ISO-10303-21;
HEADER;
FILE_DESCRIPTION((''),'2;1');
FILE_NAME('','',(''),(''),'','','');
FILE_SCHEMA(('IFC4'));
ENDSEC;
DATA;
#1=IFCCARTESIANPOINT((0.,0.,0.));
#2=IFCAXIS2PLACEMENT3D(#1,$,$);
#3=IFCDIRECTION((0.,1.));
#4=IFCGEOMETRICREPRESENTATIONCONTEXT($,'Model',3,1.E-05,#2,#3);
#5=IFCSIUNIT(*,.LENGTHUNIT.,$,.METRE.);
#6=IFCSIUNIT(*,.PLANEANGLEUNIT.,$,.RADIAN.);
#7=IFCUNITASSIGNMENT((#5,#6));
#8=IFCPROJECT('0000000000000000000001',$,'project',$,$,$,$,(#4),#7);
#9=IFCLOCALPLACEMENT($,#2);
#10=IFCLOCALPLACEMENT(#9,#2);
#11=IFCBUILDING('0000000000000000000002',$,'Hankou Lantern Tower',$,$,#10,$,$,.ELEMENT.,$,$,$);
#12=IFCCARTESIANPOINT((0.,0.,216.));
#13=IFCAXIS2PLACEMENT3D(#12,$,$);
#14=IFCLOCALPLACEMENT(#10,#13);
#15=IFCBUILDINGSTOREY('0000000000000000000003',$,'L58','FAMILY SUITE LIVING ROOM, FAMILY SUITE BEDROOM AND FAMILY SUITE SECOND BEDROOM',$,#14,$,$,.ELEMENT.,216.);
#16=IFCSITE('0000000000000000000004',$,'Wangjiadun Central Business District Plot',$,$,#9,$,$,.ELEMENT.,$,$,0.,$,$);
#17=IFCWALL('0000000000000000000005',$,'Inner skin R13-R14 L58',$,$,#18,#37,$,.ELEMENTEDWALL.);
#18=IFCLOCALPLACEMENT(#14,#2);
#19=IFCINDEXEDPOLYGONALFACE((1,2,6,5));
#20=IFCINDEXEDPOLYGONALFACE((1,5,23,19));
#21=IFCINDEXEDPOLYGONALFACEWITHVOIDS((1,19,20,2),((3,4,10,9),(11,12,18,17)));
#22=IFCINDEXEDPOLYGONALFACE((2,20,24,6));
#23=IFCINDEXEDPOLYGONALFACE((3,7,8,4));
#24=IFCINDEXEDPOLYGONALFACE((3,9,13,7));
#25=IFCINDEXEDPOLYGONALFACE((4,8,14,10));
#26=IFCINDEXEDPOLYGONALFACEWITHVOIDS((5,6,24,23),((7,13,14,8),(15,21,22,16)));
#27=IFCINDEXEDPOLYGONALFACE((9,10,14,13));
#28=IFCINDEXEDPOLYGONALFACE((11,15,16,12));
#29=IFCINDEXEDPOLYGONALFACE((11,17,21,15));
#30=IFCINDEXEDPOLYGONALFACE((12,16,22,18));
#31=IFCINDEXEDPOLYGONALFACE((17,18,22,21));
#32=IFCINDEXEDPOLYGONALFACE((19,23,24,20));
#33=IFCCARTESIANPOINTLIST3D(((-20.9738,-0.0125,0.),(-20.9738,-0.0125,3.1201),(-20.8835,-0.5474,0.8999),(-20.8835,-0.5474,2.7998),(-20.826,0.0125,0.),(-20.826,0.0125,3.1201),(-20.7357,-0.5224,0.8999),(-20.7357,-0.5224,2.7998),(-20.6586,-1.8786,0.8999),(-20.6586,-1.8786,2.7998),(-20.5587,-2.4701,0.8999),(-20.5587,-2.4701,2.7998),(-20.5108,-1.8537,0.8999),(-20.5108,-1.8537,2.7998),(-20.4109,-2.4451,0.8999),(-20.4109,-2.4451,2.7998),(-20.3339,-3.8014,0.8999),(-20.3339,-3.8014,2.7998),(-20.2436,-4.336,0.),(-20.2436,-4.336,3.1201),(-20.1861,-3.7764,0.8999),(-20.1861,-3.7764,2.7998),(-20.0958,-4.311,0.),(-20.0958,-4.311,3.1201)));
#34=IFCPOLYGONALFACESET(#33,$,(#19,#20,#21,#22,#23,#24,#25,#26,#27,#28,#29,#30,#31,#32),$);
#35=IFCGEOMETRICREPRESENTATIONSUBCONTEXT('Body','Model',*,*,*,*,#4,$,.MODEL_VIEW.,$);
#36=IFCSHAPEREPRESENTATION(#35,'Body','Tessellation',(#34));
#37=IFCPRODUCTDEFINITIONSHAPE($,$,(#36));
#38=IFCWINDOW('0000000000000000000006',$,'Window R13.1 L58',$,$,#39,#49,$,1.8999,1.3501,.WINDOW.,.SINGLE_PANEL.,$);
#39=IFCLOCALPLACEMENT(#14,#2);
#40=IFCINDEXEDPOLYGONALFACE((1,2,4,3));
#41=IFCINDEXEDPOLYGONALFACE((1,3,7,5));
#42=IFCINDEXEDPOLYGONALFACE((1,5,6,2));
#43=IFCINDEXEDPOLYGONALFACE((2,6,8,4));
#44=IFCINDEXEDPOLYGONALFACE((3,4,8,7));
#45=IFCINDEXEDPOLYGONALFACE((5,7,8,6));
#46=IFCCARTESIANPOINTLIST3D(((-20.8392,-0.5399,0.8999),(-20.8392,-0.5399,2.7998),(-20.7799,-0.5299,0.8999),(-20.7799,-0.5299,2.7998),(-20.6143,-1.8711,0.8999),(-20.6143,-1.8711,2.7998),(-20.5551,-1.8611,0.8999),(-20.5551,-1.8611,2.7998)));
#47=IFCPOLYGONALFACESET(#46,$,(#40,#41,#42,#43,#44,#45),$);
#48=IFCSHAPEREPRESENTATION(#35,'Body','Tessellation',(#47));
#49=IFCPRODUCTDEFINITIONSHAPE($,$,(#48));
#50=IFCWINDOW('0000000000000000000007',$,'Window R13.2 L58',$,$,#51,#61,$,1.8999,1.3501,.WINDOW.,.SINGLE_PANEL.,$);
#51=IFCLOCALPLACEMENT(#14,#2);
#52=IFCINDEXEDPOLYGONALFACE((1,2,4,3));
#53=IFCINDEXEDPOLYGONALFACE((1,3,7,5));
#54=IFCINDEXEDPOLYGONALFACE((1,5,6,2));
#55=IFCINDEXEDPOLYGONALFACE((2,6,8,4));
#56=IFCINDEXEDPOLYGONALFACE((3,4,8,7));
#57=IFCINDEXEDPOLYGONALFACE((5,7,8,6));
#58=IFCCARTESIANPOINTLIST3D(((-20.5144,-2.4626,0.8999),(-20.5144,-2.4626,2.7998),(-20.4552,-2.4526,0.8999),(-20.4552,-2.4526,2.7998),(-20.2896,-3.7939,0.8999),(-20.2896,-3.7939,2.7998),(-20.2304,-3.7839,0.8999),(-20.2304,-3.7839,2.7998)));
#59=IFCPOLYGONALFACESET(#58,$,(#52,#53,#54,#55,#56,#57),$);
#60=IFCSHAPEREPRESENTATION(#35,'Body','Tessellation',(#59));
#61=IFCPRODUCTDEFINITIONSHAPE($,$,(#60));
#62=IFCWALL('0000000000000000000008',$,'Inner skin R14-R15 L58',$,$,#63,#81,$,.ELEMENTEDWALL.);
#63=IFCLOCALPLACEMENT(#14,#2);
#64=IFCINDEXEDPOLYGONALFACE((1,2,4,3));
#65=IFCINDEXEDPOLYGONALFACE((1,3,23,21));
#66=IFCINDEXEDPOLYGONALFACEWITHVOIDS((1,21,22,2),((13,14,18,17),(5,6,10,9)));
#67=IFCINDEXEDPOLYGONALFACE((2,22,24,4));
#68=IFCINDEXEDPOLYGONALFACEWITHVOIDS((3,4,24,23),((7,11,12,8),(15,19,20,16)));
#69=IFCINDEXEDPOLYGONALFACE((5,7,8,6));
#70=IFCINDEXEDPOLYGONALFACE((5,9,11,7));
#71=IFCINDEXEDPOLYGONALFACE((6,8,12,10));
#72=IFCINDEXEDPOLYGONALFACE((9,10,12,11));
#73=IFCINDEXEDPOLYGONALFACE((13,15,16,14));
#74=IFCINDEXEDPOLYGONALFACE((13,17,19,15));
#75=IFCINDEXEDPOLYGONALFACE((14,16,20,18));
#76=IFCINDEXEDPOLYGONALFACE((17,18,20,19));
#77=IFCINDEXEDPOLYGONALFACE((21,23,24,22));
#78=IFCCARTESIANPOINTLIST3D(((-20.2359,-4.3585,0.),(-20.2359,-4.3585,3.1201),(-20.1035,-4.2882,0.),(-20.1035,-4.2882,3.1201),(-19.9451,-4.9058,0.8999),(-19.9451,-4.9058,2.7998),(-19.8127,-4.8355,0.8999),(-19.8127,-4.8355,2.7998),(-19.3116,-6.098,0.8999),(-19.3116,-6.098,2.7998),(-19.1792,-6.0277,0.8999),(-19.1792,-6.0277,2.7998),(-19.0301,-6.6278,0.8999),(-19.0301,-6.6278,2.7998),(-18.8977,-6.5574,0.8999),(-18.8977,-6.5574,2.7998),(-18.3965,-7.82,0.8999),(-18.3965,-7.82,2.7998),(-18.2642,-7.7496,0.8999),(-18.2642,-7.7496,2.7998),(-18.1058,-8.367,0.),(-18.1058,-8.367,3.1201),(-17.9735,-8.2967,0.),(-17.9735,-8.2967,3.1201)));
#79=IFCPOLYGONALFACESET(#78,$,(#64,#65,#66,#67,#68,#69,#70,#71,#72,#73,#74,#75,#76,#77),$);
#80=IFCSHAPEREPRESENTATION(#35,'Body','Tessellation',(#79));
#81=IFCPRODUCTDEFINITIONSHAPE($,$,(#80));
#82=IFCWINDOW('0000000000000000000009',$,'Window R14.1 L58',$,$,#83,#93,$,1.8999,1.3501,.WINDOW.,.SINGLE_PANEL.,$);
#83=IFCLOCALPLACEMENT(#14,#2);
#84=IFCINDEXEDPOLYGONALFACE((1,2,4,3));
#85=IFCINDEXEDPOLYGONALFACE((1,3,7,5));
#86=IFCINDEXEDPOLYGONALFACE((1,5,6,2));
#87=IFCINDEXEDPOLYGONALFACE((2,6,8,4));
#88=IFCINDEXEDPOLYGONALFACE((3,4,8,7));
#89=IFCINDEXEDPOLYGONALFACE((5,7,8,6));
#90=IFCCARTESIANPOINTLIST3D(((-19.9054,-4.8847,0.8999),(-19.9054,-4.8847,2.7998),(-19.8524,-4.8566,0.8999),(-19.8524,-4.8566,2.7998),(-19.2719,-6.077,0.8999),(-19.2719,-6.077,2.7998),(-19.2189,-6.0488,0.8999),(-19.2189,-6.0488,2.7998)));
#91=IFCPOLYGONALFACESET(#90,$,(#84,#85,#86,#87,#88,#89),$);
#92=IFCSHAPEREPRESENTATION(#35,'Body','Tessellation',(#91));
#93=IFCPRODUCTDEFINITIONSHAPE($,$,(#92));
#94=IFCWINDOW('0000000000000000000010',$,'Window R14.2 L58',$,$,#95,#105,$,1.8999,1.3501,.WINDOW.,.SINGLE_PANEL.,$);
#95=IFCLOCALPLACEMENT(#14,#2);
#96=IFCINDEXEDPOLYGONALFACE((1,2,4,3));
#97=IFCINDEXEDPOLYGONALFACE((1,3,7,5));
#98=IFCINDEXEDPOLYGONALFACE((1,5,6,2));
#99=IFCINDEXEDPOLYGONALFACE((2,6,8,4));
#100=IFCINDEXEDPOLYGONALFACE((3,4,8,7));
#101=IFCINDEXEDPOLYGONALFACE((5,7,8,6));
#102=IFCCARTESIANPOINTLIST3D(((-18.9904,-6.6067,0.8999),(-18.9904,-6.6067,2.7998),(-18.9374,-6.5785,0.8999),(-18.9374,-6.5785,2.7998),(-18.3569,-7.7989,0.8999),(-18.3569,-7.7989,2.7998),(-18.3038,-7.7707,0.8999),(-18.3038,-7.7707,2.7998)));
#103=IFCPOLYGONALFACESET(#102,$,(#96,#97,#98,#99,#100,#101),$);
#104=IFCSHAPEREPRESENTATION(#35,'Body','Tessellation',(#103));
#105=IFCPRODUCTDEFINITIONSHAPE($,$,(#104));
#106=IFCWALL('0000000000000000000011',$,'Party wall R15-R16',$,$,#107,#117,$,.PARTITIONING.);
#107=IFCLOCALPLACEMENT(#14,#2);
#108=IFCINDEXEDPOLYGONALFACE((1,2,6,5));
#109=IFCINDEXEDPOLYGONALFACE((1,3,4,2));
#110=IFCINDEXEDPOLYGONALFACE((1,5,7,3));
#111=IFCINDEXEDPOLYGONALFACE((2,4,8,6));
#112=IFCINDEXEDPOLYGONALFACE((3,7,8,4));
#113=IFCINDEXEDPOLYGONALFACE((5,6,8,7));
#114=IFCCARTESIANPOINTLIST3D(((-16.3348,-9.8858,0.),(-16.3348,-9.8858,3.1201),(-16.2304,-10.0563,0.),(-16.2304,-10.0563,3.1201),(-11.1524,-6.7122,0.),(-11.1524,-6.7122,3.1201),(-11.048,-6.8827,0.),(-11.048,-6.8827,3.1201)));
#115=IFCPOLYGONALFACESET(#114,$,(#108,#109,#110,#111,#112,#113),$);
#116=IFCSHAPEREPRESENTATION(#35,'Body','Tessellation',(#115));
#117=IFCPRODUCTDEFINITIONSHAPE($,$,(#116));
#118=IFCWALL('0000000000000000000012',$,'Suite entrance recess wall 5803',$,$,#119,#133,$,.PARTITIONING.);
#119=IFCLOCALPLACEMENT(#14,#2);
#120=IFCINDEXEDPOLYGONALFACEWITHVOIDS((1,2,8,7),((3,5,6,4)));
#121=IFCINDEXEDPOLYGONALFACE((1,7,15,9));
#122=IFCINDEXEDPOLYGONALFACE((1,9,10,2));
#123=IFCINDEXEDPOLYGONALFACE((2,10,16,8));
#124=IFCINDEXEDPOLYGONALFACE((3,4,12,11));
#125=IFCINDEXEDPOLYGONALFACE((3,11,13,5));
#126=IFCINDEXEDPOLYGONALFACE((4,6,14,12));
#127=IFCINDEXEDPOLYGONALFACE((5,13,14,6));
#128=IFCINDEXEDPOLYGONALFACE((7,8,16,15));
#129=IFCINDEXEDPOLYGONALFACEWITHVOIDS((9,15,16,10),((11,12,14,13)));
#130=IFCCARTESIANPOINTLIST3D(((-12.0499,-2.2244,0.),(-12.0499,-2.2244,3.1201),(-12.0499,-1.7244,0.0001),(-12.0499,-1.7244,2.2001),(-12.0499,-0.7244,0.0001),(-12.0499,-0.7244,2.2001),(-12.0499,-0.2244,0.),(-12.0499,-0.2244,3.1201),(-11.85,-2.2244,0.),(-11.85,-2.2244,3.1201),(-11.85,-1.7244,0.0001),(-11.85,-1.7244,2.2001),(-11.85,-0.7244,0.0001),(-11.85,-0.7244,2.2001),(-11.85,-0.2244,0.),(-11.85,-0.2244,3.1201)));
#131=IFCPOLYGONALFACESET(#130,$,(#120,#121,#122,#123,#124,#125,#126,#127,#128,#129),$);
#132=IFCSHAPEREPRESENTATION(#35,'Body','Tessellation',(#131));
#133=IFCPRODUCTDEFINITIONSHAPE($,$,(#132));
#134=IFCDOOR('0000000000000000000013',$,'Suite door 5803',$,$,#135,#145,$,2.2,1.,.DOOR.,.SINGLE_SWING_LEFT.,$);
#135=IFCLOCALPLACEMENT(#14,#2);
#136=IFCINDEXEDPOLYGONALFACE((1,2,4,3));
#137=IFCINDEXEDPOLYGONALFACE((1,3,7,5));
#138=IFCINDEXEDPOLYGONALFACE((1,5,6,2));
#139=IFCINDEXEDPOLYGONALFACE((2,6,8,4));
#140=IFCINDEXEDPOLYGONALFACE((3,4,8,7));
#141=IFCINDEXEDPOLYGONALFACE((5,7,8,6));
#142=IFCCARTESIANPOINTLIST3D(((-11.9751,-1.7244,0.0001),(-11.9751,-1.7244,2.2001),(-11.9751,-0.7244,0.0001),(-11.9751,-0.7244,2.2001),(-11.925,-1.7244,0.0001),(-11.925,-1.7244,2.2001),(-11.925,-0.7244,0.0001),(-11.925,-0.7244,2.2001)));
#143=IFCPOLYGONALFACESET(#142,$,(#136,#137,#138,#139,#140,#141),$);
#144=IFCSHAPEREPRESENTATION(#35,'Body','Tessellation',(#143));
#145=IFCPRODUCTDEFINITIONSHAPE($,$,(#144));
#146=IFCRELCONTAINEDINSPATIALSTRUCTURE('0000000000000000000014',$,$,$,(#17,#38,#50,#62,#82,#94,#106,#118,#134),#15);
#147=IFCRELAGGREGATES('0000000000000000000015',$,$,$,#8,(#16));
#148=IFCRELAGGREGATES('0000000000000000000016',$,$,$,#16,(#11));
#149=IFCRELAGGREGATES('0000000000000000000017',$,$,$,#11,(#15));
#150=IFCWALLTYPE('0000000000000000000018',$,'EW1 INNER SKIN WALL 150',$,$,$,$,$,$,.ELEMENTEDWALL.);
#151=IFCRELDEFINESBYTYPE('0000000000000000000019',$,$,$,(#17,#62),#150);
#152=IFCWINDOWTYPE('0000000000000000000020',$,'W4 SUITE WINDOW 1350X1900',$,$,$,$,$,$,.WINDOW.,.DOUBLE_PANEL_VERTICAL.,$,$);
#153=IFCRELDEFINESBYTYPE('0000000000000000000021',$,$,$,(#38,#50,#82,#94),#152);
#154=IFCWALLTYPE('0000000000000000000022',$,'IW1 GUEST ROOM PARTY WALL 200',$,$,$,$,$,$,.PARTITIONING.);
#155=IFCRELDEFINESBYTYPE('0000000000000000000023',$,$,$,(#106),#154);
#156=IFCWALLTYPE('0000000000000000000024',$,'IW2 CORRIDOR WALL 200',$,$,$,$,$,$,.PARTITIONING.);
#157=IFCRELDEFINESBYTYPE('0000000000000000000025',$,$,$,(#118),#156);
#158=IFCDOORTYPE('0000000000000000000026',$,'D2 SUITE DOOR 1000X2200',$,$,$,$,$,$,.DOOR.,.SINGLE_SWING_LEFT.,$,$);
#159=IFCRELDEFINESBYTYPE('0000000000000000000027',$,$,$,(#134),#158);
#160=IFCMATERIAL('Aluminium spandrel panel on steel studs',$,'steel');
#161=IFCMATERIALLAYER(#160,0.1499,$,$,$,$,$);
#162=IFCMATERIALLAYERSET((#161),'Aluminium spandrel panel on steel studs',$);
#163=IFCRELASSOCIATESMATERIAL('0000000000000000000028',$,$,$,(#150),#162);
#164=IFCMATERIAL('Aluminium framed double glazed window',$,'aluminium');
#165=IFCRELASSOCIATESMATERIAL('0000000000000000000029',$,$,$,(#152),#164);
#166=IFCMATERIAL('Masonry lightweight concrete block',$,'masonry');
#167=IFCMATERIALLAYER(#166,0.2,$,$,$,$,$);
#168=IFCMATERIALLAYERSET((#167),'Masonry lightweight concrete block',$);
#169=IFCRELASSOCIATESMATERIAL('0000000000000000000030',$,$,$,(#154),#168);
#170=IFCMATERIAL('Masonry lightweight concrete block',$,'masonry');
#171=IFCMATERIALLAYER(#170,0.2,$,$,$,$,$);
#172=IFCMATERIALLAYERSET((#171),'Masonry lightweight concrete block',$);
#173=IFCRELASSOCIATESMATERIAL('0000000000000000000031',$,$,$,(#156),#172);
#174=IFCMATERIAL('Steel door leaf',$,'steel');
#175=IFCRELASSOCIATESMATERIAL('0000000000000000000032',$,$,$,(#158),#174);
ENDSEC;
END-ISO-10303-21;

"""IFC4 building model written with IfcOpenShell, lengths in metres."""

from ifc_helpers import new_model, si_unit, direction, frame, frame_2d, origin, place, context, subcontext, project, spatial, rectangle, extrude, material, layer, layer_set, type_object, element, fill, save


model = new_model("IFC4")

# Units and contexts
model_context = context("Model", 3, precision=1e-05, world=origin(), true_north=direction((0.0, 1.0)))
body_context = subcontext(model_context, "Body", "Model", "MODEL_VIEW")
ifc_project = project(units=[si_unit("LENGTHUNIT", "METRE"), si_unit("PLANEANGLEUNIT", "RADIAN")], contexts=[model_context])

# Site, building, storey
site_placement = place(None, origin())
site = spatial("IfcSite", under=ifc_project, at=site_placement, Name="Wangjiadun Central Business District Plot", CompositionType="ELEMENT", RefElevation=0.0)
building_placement = place(site_placement, origin())
building = spatial("IfcBuilding", under=site, at=building_placement, Name="Hankou Lantern Tower", CompositionType="ELEMENT")
storey_placement = place(building_placement, frame((0.0, 0.0, 216.0)))
storey = spatial("IfcBuildingStorey", under=building, at=storey_placement, Name="L58", Description="FAMILY SUITE LIVING ROOM, FAMILY SUITE BEDROOM AND FAMILY SUITE SECOND BEDROOM", CompositionType="ELEMENT", Elevation=216.0)

# Walls, openings, windows
ifc_material_1 = material(Name="Aluminium spandrel panel on steel studs", Category="steel")
ifc_layer_1 = layer(ifc_material_1, 0.1499)
ifc_layer_set_1 = layer_set([ifc_layer_1], Name="Aluminium spandrel panel on steel studs")
wall_type_1 = type_object("IfcWallType", Name="EW1 INNER SKIN WALL 150", PredefinedType="ELEMENTEDWALL", material=ifc_layer_set_1)
wall_1_placement = place(storey_placement, frame((-20.8999, 0.0, 0.0), z_axis=(0.0, 0.0, 1.0), x_axis=(0.166539, -0.986035, 0.0)))
wall_1 = element("IfcWall", 1, at=wall_1_placement, inside=storey, type_object=wall_type_1, Name="Inner skin R13-R14 L58", PredefinedType="ELEMENTEDWALL", context=body_context, shape_type="SweptSolid", body=[
    extrude(rectangle(XDim=4.3848, YDim=0.1499, at=frame_2d((2.1924, 0.0))), origin(), (0.0, 0.0, 1.0), 3.1201),
])
opening_1_placement = place(wall_1_placement, frame((0.5425, 0.0, 0.8999)))
opening_1 = element("IfcOpeningElement", 2, at=opening_1_placement, cuts=wall_1, PredefinedType="OPENING", context=body_context, shape_type="SweptSolid", body=[
    extrude(rectangle(XDim=1.3501, YDim=1.8999, at=frame_2d((0.675, 0.95))), frame((0.0, 0.085, 0.0), z_axis=(0.0, -1.0, 0.0), x_axis=(1.0, 0.0, 0.0)), (0.0, 0.0, 1.0), 0.1699),
])
opening_2_placement = place(wall_1_placement, frame((2.4924, 0.0, 0.8999)))
opening_2 = element("IfcOpeningElement", 3, at=opening_2_placement, cuts=wall_1, PredefinedType="OPENING", context=body_context, shape_type="SweptSolid", body=[
    extrude(rectangle(XDim=1.3501, YDim=1.8999, at=frame_2d((0.675, 0.95))), frame((0.0, 0.085, 0.0), z_axis=(0.0, -1.0, 0.0), x_axis=(1.0, 0.0, 0.0)), (0.0, 0.0, 1.0), 0.1699),
])
ifc_material_2 = material(Name="Aluminium framed double glazed window", Category="aluminium")
window_type = type_object("IfcWindowType", Name="W4 SUITE WINDOW 1350X1900", PartitioningType="DOUBLE_PANEL_VERTICAL", PredefinedType="WINDOW", material=ifc_material_2)
window_1_placement = place(opening_1_placement, origin())
window_1 = element("IfcWindow", 4, at=window_1_placement, inside=storey, type_object=window_type, Name="Window R13.1 L58", OverallHeight=1.8999, OverallWidth=1.3501, PartitioningType="SINGLE_PANEL", PredefinedType="WINDOW", context=body_context, shape_type="SweptSolid", body=[
    extrude(rectangle(XDim=1.3501, YDim=1.8999, at=frame_2d((0.675, 0.95))), frame((0.0, 0.03, 0.0), z_axis=(0.0, -1.0, 0.0), x_axis=(1.0, 0.0, 0.0)), (0.0, 0.0, 1.0), 0.0601),
])
fill(opening_1, window_1)
window_2_placement = place(opening_2_placement, origin())
window_2 = element("IfcWindow", 5, at=window_2_placement, inside=storey, type_object=window_type, Name="Window R13.2 L58", OverallHeight=1.8999, OverallWidth=1.3501, PartitioningType="SINGLE_PANEL", PredefinedType="WINDOW", context=body_context, shape_type="SweptSolid", body=[
    extrude(rectangle(XDim=1.3501, YDim=1.8999, at=frame_2d((0.675, 0.95))), frame((0.0, 0.03, 0.0), z_axis=(0.0, -1.0, 0.0), x_axis=(1.0, 0.0, 0.0)), (0.0, 0.0, 1.0), 0.0601),
])
fill(opening_2, window_2)
wall_2_placement = place(storey_placement, frame((-20.1697, -4.3235, 0.0), z_axis=(0.0, 0.0, 1.0), x_axis=(0.469256, -0.883062, 0.0)))
wall_2 = element("IfcWall", 6, at=wall_2_placement, inside=storey, type_object=wall_type_1, Name="Inner skin R14-R15 L58", PredefinedType="ELEMENTEDWALL", context=body_context, shape_type="SweptSolid", body=[
    extrude(rectangle(XDim=4.5393, YDim=0.1499, at=frame_2d((2.2695, 0.0))), origin(), (0.0, 0.0, 1.0), 3.1201),
])
opening_3_placement = place(wall_2_placement, frame((0.6196, 0.0, 0.8999)))
opening_3 = element("IfcOpeningElement", 7, at=opening_3_placement, cuts=wall_2, PredefinedType="OPENING", context=body_context, shape_type="SweptSolid", body=[
    extrude(rectangle(XDim=1.3501, YDim=1.8999, at=frame_2d((0.675, 0.95))), frame((0.0, 0.085, 0.0), z_axis=(0.0, -1.0, 0.0), x_axis=(1.0, 0.0, 0.0)), (0.0, 0.0, 1.0), 0.1699),
])
opening_4_placement = place(wall_2_placement, frame((2.5696, 0.0, 0.8999)))
opening_4 = element("IfcOpeningElement", 8, at=opening_4_placement, cuts=wall_2, PredefinedType="OPENING", context=body_context, shape_type="SweptSolid", body=[
    extrude(rectangle(XDim=1.3501, YDim=1.8999, at=frame_2d((0.675, 0.95))), frame((0.0, 0.085, 0.0), z_axis=(0.0, -1.0, 0.0), x_axis=(1.0, 0.0, 0.0)), (0.0, 0.0, 1.0), 0.1699),
])
window_3_placement = place(opening_3_placement, origin())
window_3 = element("IfcWindow", 9, at=window_3_placement, inside=storey, type_object=window_type, Name="Window R14.1 L58", OverallHeight=1.8999, OverallWidth=1.3501, PartitioningType="SINGLE_PANEL", PredefinedType="WINDOW", context=body_context, shape_type="SweptSolid", body=[
    extrude(rectangle(XDim=1.3501, YDim=1.8999, at=frame_2d((0.675, 0.95))), frame((0.0, 0.03, 0.0), z_axis=(0.0, -1.0, 0.0), x_axis=(1.0, 0.0, 0.0)), (0.0, 0.0, 1.0), 0.0601),
])
fill(opening_3, window_3)
window_4_placement = place(opening_4_placement, origin())
window_4 = element("IfcWindow", 10, at=window_4_placement, inside=storey, type_object=window_type, Name="Window R14.2 L58", OverallHeight=1.8999, OverallWidth=1.3501, PartitioningType="SINGLE_PANEL", PredefinedType="WINDOW", context=body_context, shape_type="SweptSolid", body=[
    extrude(rectangle(XDim=1.3501, YDim=1.8999, at=frame_2d((0.675, 0.95))), frame((0.0, 0.03, 0.0), z_axis=(0.0, -1.0, 0.0), x_axis=(1.0, 0.0, 0.0)), (0.0, 0.0, 1.0), 0.0601),
])
fill(opening_4, window_4)

# Wall
ifc_material_3 = material(Name="Masonry lightweight concrete block", Category="masonry")
ifc_layer_2 = layer(ifc_material_3, 0.2)
ifc_layer_set_2 = layer_set([ifc_layer_2], Name="Masonry lightweight concrete block")
wall_type_2 = type_object("IfcWallType", Name="IW1 GUEST ROOM PARTY WALL 200", PredefinedType="PARTITIONING", material=ifc_layer_set_2)
wall_3_placement = place(storey_placement, frame((-11.1001, -6.7974, 0.0), z_axis=(0.0, 0.0, 1.0), x_axis=(-0.8528, -0.522238, 0.0)))
element("IfcWall", 11, at=wall_3_placement, inside=storey, type_object=wall_type_2, Name="Party wall R15-R16", PredefinedType="PARTITIONING", context=body_context, shape_type="SweptSolid", body=[
    extrude(rectangle(XDim=6.0769, YDim=0.2, at=frame_2d((3.0386, 0.0))), origin(), (0.0, 0.0, 1.0), 3.1201),
])

# Wall, opening, door
ifc_material_4 = material(Name="Masonry lightweight concrete block", Category="masonry")
ifc_layer_3 = layer(ifc_material_4, 0.2)
ifc_layer_set_3 = layer_set([ifc_layer_3], Name="Masonry lightweight concrete block")
wall_type_3 = type_object("IfcWallType", Name="IW2 CORRIDOR WALL 200", PredefinedType="PARTITIONING", material=ifc_layer_set_3)
wall_4_placement = place(storey_placement, frame((-11.95, -0.2244, 0.0), z_axis=(0.0, 0.0, 1.0), x_axis=(0.0, -1.0, 0.0)))
wall_4 = element("IfcWall", 12, at=wall_4_placement, inside=storey, type_object=wall_type_3, Name="Suite entrance recess wall 5803", PredefinedType="PARTITIONING", context=body_context, shape_type="SweptSolid", body=[
    extrude(rectangle(XDim=2.0, YDim=0.2, at=frame_2d((1.0, 0.0))), origin(), (0.0, 0.0, 1.0), 3.1201),
])
opening_5_placement = place(wall_4_placement, frame((0.5, 0.0, 0.0)))
opening_5 = element("IfcOpeningElement", 13, at=opening_5_placement, cuts=wall_4, PredefinedType="OPENING", context=body_context, shape_type="SweptSolid", body=[
    extrude(rectangle(XDim=1.0, YDim=2.2, at=frame_2d((0.5, 1.1001))), frame((0.0, 0.1099, 0.0), z_axis=(0.0, -1.0, 0.0), x_axis=(1.0, 0.0, 0.0)), (0.0, 0.0, 1.0), 0.22),
])
ifc_material_5 = material(Name="Steel door leaf", Category="steel")
door_type_1 = type_object("IfcDoorType", Name="D2 SUITE DOOR 1000X2200", OperationType="SINGLE_SWING_LEFT", PredefinedType="DOOR", material=ifc_material_5)
door_1_placement = place(opening_5_placement, origin())
door_1 = element("IfcDoor", 14, at=door_1_placement, inside=storey, type_object=door_type_1, Name="Suite door 5803", OperationType="SINGLE_SWING_LEFT", OverallHeight=2.2, OverallWidth=1.0, PredefinedType="DOOR", context=body_context, shape_type="SweptSolid", body=[
    extrude(rectangle(XDim=1.0, YDim=2.2, at=frame_2d((0.5, 1.1001))), frame((0.0, 0.0249, 0.0), z_axis=(0.0, -1.0, 0.0), x_axis=(1.0, 0.0, 0.0)), (0.0, 0.0, 1.0), 0.05),
])
fill(opening_5, door_1)

save(model, "model.ifc")
